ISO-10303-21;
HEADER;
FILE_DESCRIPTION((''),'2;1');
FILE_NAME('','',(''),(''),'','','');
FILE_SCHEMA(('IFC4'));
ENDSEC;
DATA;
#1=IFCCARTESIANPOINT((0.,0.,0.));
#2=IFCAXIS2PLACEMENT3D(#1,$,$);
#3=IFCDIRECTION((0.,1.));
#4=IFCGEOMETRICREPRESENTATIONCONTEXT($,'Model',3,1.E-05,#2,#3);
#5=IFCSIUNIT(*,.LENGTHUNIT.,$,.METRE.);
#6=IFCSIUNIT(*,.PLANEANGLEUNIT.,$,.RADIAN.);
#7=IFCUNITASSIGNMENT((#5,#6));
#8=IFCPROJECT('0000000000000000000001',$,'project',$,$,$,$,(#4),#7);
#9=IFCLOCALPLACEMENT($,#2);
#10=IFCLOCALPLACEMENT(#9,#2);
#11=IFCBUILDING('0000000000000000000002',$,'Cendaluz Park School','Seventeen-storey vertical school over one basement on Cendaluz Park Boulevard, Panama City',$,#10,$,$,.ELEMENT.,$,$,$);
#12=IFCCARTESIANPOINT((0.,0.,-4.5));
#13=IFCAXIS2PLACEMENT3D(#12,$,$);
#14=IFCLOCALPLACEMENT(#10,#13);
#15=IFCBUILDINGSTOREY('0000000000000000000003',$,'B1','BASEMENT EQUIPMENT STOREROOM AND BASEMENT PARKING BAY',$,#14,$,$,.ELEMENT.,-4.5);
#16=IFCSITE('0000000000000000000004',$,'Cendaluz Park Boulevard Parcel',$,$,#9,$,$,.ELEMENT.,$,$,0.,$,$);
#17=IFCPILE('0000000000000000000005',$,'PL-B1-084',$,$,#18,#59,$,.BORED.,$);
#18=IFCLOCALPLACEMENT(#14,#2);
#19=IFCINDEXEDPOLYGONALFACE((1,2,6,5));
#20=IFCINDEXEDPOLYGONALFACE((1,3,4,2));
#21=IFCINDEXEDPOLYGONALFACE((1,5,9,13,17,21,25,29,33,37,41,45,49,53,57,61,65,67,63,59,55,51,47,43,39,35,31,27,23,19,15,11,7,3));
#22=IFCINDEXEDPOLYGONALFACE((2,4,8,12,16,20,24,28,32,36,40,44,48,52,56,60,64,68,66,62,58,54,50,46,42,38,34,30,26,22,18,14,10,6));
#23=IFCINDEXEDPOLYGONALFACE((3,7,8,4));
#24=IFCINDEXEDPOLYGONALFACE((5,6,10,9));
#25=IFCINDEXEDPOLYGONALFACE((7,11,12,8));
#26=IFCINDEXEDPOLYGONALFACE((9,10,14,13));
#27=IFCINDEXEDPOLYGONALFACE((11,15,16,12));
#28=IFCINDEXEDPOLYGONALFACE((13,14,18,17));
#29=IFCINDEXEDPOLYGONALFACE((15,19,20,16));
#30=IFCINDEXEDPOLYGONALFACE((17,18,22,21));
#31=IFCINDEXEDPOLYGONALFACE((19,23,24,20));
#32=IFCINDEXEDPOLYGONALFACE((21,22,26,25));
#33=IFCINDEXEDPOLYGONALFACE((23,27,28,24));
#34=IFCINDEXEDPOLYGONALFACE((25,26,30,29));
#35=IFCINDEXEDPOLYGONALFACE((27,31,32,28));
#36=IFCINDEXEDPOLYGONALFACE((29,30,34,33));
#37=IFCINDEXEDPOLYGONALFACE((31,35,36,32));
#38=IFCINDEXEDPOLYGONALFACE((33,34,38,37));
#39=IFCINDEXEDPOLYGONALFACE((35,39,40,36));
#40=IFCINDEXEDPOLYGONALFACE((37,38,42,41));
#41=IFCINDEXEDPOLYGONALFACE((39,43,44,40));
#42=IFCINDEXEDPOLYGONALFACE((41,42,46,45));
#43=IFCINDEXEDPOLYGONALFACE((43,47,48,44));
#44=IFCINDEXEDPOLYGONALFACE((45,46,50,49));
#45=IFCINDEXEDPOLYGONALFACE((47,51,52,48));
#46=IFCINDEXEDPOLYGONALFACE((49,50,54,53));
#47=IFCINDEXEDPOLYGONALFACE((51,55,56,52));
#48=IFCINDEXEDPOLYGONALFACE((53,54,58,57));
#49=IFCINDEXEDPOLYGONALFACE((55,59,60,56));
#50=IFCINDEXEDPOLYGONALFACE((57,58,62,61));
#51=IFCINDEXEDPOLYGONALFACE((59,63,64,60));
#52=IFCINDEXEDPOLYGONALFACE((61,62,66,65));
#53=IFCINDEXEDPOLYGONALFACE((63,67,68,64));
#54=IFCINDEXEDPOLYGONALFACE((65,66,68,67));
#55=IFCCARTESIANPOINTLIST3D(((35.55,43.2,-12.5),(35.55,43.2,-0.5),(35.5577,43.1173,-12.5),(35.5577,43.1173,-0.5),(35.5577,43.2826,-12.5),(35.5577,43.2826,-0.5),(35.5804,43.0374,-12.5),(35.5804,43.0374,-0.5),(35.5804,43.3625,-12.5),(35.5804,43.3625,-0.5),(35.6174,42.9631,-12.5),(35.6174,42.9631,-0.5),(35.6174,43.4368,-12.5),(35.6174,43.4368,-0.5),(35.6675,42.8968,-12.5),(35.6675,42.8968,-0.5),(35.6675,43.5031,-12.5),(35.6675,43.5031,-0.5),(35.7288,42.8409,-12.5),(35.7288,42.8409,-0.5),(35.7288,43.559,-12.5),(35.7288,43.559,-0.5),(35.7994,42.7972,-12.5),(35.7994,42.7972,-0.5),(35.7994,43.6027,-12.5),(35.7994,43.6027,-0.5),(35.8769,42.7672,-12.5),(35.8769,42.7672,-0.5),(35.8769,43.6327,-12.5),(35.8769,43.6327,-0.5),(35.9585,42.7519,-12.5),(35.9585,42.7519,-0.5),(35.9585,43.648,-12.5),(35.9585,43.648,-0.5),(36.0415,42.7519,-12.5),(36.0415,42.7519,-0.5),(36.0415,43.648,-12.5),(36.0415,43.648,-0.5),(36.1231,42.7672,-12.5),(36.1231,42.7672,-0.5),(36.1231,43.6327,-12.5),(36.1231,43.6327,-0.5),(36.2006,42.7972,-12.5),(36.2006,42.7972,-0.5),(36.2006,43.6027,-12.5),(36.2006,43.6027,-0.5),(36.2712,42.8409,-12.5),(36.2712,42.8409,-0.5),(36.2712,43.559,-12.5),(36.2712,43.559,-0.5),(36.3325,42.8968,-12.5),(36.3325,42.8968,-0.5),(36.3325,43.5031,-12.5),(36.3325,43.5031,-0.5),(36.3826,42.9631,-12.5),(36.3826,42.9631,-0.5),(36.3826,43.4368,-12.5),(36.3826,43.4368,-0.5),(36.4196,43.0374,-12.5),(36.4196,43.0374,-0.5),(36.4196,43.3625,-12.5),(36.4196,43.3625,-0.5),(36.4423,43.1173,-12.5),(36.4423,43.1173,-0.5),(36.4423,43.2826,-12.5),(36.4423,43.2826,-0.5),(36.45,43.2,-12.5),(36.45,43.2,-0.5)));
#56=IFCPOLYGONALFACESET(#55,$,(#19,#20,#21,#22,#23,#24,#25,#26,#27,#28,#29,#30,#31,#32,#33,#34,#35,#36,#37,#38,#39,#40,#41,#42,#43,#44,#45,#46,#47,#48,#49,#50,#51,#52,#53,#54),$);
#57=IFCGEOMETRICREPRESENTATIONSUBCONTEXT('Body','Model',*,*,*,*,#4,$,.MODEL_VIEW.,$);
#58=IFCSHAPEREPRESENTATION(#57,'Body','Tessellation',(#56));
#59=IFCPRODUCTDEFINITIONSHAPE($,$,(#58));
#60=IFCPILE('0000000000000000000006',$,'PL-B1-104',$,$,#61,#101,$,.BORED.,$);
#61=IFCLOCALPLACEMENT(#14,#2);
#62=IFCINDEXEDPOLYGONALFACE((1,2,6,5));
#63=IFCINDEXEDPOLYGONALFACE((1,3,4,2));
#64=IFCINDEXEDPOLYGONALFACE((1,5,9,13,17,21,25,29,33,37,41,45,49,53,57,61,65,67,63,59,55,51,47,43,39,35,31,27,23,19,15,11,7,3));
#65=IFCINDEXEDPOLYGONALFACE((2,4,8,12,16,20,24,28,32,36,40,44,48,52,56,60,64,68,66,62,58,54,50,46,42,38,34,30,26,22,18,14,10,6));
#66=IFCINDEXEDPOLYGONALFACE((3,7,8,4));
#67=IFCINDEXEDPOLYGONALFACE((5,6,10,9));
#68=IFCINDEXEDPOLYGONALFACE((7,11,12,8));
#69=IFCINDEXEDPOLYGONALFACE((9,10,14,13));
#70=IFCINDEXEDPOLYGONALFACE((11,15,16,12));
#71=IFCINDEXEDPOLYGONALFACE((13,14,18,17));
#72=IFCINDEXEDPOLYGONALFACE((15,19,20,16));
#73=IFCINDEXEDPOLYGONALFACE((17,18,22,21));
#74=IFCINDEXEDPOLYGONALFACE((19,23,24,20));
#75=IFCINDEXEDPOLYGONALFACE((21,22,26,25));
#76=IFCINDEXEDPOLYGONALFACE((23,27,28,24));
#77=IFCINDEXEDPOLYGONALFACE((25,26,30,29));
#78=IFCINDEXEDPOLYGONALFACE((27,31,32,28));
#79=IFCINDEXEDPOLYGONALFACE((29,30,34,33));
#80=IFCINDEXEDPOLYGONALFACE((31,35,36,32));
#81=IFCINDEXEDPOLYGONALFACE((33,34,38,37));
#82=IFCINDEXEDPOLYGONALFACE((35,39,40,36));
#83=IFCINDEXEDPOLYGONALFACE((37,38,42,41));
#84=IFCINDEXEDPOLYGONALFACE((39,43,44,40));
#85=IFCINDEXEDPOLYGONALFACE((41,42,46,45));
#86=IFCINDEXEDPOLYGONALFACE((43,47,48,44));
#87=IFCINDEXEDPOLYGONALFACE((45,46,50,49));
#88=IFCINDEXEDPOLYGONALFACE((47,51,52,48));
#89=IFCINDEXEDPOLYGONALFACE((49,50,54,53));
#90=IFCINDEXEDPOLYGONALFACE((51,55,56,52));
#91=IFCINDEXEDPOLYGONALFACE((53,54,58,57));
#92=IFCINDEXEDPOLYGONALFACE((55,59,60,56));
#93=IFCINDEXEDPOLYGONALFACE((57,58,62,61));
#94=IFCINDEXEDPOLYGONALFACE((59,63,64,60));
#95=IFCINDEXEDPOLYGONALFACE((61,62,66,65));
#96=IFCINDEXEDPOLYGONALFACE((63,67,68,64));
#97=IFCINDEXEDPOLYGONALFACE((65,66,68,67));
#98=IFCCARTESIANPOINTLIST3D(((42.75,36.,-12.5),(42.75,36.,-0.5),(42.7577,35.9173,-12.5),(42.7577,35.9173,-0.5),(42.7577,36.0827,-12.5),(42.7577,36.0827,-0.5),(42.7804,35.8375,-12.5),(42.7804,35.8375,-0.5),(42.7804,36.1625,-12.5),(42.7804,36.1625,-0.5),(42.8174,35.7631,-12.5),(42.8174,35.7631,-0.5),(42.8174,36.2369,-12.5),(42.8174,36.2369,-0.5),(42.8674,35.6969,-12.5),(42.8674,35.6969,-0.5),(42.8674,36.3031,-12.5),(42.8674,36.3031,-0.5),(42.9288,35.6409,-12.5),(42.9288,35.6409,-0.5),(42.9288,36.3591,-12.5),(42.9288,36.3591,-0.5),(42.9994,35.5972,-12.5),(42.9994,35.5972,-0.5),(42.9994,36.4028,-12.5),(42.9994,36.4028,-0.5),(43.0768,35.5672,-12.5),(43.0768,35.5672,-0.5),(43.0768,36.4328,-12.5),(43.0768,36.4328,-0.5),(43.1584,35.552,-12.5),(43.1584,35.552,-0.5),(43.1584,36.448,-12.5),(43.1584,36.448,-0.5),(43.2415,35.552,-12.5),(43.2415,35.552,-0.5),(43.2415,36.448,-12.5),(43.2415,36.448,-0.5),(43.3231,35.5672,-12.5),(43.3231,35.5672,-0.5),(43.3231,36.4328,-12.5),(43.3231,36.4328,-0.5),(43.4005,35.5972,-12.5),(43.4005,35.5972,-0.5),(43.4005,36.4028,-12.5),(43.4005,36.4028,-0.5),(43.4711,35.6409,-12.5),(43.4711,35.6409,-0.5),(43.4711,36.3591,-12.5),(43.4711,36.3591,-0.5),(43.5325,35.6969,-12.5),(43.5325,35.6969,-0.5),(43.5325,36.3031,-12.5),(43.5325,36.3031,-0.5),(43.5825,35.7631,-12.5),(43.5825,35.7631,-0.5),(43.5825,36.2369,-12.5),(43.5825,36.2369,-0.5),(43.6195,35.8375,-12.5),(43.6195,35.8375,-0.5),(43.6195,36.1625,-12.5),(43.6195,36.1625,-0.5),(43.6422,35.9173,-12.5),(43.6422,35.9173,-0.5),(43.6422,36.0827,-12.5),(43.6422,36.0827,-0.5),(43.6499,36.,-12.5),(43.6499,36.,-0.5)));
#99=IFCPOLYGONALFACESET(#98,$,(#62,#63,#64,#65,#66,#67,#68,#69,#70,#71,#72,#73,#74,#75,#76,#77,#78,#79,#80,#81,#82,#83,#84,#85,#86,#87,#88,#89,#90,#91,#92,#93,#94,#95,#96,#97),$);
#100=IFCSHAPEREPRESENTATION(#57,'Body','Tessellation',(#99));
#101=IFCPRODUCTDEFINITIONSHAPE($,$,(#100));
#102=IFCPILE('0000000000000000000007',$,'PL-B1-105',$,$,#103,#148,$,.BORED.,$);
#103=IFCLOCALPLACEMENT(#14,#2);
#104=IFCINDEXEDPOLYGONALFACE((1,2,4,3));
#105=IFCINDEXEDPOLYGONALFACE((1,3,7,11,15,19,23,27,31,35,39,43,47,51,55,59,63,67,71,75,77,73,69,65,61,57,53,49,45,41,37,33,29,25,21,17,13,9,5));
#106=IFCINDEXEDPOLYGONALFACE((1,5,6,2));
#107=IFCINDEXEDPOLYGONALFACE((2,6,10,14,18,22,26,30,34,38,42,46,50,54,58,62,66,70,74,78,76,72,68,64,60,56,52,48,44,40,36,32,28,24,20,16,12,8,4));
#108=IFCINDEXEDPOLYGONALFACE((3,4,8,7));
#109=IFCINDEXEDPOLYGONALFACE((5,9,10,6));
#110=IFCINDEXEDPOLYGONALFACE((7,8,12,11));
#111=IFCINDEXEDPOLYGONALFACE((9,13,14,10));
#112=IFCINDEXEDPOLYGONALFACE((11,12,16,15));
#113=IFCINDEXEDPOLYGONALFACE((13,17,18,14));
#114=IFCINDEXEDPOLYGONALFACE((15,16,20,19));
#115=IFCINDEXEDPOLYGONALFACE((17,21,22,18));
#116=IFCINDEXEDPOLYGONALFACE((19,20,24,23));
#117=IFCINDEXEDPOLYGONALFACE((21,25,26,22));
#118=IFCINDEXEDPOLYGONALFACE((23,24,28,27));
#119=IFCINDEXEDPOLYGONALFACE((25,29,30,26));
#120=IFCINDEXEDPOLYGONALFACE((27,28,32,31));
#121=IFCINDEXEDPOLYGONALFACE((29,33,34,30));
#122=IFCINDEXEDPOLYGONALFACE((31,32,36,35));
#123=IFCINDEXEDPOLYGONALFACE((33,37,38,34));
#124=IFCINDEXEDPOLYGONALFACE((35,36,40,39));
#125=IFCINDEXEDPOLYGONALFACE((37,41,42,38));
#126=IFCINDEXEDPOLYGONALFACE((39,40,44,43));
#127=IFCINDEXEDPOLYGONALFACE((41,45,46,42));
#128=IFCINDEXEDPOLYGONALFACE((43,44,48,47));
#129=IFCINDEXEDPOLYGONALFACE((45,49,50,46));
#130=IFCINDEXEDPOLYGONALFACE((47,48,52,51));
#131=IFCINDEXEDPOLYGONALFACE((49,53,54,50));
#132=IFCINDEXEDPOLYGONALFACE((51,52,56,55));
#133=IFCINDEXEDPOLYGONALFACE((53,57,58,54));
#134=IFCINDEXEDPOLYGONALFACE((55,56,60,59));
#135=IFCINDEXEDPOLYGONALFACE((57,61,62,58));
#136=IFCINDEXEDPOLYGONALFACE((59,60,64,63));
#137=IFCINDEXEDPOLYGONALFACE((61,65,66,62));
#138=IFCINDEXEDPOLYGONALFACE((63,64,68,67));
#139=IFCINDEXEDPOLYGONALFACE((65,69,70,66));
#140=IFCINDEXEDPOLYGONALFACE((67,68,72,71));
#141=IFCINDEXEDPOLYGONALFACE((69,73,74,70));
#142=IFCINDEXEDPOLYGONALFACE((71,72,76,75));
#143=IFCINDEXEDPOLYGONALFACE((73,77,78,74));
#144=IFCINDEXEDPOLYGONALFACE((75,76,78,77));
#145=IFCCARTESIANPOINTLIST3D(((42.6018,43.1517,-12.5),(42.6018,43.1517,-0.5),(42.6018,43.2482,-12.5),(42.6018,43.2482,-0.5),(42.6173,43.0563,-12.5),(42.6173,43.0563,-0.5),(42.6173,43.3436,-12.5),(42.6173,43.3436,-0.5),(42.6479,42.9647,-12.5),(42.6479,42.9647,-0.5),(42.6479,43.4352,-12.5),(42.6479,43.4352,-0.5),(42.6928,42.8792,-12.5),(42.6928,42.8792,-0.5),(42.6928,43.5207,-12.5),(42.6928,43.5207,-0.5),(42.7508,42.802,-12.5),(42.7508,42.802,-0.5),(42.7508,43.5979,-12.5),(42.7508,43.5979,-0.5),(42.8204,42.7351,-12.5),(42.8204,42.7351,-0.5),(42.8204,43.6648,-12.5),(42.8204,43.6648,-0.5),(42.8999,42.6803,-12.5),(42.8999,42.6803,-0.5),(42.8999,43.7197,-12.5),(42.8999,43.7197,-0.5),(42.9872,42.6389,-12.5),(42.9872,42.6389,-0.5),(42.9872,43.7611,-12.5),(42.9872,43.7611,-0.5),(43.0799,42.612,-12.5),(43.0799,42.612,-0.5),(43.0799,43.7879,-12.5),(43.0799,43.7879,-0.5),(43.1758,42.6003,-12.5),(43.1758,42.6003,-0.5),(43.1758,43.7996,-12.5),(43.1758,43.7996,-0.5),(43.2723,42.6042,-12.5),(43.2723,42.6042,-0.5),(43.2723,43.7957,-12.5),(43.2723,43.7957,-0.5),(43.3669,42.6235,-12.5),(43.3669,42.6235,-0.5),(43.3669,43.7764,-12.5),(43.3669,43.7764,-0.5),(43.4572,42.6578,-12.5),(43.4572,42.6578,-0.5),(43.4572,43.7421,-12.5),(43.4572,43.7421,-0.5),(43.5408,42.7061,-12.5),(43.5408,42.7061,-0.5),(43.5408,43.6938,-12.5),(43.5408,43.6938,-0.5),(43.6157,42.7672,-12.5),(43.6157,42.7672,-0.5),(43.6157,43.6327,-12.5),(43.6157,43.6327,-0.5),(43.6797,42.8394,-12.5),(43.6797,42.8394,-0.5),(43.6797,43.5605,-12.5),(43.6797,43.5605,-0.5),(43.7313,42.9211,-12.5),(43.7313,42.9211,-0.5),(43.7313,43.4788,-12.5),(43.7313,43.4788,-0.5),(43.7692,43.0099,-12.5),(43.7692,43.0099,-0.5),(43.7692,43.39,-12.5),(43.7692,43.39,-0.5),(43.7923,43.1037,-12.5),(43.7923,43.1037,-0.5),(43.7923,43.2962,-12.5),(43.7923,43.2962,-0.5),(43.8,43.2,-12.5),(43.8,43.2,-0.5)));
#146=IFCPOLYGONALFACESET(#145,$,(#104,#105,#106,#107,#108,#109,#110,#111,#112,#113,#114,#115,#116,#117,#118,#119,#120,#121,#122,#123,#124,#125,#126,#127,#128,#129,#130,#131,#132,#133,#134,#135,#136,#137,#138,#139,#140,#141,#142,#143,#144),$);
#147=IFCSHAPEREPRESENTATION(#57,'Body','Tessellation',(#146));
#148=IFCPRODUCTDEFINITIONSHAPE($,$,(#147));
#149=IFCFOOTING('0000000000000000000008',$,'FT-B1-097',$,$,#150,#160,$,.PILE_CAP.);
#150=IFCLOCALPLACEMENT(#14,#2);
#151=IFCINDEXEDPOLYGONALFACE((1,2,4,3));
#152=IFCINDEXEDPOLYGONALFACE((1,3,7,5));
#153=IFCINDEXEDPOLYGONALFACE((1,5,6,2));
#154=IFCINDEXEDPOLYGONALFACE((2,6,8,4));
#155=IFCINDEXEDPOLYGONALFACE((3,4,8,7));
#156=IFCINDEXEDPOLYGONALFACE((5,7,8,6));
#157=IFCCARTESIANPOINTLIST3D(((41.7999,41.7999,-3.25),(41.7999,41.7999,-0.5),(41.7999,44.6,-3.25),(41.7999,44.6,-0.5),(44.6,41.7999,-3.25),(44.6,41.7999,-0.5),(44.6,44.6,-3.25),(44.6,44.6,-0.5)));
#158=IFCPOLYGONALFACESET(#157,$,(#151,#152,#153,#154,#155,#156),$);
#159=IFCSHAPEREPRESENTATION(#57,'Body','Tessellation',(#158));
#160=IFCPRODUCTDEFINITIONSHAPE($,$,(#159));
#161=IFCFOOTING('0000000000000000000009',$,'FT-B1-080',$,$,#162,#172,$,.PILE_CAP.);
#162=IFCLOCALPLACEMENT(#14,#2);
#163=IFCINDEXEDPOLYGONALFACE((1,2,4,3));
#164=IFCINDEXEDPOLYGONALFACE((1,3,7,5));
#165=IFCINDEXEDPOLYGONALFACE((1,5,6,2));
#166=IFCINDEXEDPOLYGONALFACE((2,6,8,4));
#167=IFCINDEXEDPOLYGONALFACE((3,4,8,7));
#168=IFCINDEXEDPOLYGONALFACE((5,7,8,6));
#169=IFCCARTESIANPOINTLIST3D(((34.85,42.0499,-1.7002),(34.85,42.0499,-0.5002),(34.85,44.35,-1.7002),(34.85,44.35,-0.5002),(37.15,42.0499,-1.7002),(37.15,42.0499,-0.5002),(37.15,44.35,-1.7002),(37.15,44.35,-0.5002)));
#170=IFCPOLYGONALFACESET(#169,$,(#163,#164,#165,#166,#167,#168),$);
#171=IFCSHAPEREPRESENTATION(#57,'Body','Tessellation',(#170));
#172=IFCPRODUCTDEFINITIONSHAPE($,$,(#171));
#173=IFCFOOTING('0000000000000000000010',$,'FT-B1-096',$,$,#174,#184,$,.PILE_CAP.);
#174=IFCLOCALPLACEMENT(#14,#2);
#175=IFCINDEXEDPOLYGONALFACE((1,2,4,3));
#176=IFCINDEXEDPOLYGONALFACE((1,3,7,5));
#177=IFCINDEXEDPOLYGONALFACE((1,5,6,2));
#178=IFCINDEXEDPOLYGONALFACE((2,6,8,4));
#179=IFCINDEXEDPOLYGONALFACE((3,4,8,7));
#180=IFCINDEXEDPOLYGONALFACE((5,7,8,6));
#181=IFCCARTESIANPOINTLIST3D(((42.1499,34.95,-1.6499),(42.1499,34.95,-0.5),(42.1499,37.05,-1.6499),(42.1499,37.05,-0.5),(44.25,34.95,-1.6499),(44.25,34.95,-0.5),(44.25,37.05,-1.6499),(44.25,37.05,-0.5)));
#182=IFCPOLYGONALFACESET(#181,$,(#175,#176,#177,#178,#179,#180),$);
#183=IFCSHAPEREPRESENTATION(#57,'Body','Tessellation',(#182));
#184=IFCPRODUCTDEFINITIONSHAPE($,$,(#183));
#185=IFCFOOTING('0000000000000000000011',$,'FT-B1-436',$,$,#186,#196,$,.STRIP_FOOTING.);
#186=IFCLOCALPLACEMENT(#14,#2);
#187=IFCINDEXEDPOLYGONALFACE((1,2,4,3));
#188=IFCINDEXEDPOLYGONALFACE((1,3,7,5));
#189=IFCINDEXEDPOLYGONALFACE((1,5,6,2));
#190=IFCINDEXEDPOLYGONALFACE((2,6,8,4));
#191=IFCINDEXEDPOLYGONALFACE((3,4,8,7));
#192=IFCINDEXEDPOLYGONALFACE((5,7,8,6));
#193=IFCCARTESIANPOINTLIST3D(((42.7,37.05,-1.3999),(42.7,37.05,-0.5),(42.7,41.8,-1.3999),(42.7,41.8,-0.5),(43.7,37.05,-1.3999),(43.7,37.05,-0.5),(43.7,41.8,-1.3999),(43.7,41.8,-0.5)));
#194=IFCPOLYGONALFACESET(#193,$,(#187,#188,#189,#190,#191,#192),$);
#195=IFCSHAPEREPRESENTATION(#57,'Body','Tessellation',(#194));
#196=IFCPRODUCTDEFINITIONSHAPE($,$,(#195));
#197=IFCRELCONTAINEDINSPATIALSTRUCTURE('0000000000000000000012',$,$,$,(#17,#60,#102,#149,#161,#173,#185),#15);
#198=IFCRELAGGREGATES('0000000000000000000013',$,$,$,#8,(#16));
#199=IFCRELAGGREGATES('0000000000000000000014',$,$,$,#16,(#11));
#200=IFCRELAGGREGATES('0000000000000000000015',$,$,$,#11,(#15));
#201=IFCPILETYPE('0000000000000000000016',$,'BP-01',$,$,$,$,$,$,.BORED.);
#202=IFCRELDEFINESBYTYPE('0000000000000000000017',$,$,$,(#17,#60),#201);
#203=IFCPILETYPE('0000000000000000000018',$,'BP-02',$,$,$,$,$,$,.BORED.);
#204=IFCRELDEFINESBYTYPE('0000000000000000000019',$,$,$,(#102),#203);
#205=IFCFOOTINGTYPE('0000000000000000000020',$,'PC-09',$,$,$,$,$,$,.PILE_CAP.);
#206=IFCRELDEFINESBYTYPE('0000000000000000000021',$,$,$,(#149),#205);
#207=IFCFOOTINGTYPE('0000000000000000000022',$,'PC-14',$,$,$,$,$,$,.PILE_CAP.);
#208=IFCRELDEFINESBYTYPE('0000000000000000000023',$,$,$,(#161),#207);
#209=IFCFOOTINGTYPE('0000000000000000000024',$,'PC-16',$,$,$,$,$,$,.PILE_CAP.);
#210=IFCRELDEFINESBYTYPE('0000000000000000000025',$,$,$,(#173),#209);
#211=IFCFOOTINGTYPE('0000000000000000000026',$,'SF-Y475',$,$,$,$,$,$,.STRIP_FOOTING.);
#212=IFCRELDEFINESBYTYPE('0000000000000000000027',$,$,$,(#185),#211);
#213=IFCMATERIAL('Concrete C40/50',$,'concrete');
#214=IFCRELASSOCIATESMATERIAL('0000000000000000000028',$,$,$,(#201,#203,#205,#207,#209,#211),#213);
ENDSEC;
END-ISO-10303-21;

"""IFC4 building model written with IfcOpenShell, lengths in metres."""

from ifc_helpers import new_model, si_unit, direction, frame, origin, origin_2d, place, context, subcontext, project, spatial, rectangle, circle, extrude, material, material_profile, profile_set, type_object, element, save


model = new_model("IFC4")

# Units and contexts
model_context = context("Model", 3, precision=1e-05, world=origin(), true_north=direction((0.0, 1.0)))
body_context = subcontext(model_context, "Body", "Model", "MODEL_VIEW")
ifc_project = project(units=[si_unit("LENGTHUNIT", "METRE"), si_unit("PLANEANGLEUNIT", "RADIAN")], contexts=[model_context])

# Site, building, storey
site_placement = place(None, origin())
site = spatial("IfcSite", under=ifc_project, at=site_placement, Name="Cendaluz Park Boulevard Parcel", CompositionType="ELEMENT", RefElevation=0.0)
building_placement = place(site_placement, origin())
building = spatial("IfcBuilding", under=site, at=building_placement, Name="Cendaluz Park School", Description="Seventeen-storey vertical school over one basement on Cendaluz Park Boulevard, Panama City", CompositionType="ELEMENT")
storey_placement = place(building_placement, frame((0.0, 0.0, -4.5)))
storey = spatial("IfcBuildingStorey", under=building, at=storey_placement, Name="B1", Description="BASEMENT EQUIPMENT STOREROOM AND BASEMENT PARKING BAY", CompositionType="ELEMENT", Elevation=-4.5)

# Piles
ifc_material_1 = material(Name="Concrete C40/50", Category="concrete")
ifc_material_profile_1 = material_profile(ifc_material_1, circle(Radius=0.45, at=origin_2d()), Name="BP D900", Category="concrete")
ifc_profile_set_1 = profile_set([ifc_material_profile_1], Name="Concrete C40/50")
pile_type_1 = type_object("IfcPileType", Name="BP-01", PredefinedType="BORED", material=ifc_profile_set_1)
for number, where, z_axis, x_axis, name in (
    (1, (36.0, 43.2, -0.5), (0.0, 0.0, -1.0), (1.0, 0.0, 0.0), "PL-B1-084"),
    (2, (43.2, 36.0, -0.5), (0.0, 0.0, -1.0), (1.0, 0.0, 0.0), "PL-B1-104"),
):
    element("IfcPile", number, at=place(storey_placement, frame(where, z_axis=z_axis, x_axis=x_axis)), inside=storey, type_object=pile_type_1, Name=name, PredefinedType="BORED", context=body_context, shape_type="SweptSolid", body=[
        extrude(circle(Radius=0.45, at=origin_2d()), origin(), (0.0, 0.0, 1.0), 12.0),
    ])
ifc_material_profile_2 = material_profile(ifc_material_1, circle(Radius=0.6001, at=origin_2d()), Name="BP D1200", Category="concrete")
ifc_profile_set_2 = profile_set([ifc_material_profile_2], Name="Concrete C40/50")
pile_type_2 = type_object("IfcPileType", Name="BP-02", PredefinedType="BORED", material=ifc_profile_set_2)
pile_placement = place(storey_placement, frame((43.2, 43.2, -0.5), z_axis=(0.0, 0.0, -1.0), x_axis=(1.0, 0.0, 0.0)))
element("IfcPile", 3, at=pile_placement, inside=storey, type_object=pile_type_2, Name="PL-B1-105", PredefinedType="BORED", context=body_context, shape_type="SweptSolid", body=[
    extrude(circle(Radius=0.6001, at=origin_2d()), origin(), (0.0, 0.0, 1.0), 12.0),
])

# Footings
footing_type_1 = type_object("IfcFootingType", Name="PC-09", PredefinedType="PILE_CAP", material=ifc_material_1)
footing_1_placement = place(storey_placement, frame((43.2, 43.2, -3.25), z_axis=(0.0, 0.0, 1.0), x_axis=(1.0, 0.0, 0.0)))
element("IfcFooting", 4, at=footing_1_placement, inside=storey, type_object=footing_type_1, Name="FT-B1-097", PredefinedType="PILE_CAP", context=body_context, shape_type="SweptSolid", body=[
    extrude(rectangle(XDim=2.8, YDim=2.8, at=origin_2d()), origin(), (0.0, 0.0, 1.0), 2.75),
])
footing_type_2 = type_object("IfcFootingType", Name="PC-14", PredefinedType="PILE_CAP", material=ifc_material_1)
footing_2_placement = place(storey_placement, frame((36.0, 43.2, -1.7002), z_axis=(0.0, 0.0, 1.0), x_axis=(1.0, 0.0, 0.0)))
element("IfcFooting", 5, at=footing_2_placement, inside=storey, type_object=footing_type_2, Name="FT-B1-080", PredefinedType="PILE_CAP", context=body_context, shape_type="SweptSolid", body=[
    extrude(rectangle(XDim=2.3, YDim=2.3, at=origin_2d()), origin(), (0.0, 0.0, 1.0), 1.2),
])
footing_type_3 = type_object("IfcFootingType", Name="PC-16", PredefinedType="PILE_CAP", material=ifc_material_1)
footing_3_placement = place(storey_placement, frame((43.2, 36.0, -1.6499), z_axis=(0.0, 0.0, 1.0), x_axis=(1.0, 0.0, 0.0)))
element("IfcFooting", 6, at=footing_3_placement, inside=storey, type_object=footing_type_3, Name="FT-B1-096", PredefinedType="PILE_CAP", context=body_context, shape_type="SweptSolid", body=[
    extrude(rectangle(XDim=2.1001, YDim=2.1001, at=origin_2d()), origin(), (0.0, 0.0, 1.0), 1.1499),
])
footing_type_4 = type_object("IfcFootingType", Name="SF-Y475", PredefinedType="STRIP_FOOTING", material=ifc_material_1)
footing_4_placement = place(storey_placement, frame((43.2, 39.425, -1.3999), z_axis=(0.0, 0.0, 1.0), x_axis=(1.0, 0.0, 0.0)))
element("IfcFooting", 7, at=footing_4_placement, inside=storey, type_object=footing_type_4, Name="FT-B1-436", PredefinedType="STRIP_FOOTING", context=body_context, shape_type="SweptSolid", body=[
    extrude(rectangle(XDim=1.0, YDim=4.75, at=origin_2d()), origin(), (0.0, 0.0, 1.0), 0.8999),
])

save(model, "model.ifc")
